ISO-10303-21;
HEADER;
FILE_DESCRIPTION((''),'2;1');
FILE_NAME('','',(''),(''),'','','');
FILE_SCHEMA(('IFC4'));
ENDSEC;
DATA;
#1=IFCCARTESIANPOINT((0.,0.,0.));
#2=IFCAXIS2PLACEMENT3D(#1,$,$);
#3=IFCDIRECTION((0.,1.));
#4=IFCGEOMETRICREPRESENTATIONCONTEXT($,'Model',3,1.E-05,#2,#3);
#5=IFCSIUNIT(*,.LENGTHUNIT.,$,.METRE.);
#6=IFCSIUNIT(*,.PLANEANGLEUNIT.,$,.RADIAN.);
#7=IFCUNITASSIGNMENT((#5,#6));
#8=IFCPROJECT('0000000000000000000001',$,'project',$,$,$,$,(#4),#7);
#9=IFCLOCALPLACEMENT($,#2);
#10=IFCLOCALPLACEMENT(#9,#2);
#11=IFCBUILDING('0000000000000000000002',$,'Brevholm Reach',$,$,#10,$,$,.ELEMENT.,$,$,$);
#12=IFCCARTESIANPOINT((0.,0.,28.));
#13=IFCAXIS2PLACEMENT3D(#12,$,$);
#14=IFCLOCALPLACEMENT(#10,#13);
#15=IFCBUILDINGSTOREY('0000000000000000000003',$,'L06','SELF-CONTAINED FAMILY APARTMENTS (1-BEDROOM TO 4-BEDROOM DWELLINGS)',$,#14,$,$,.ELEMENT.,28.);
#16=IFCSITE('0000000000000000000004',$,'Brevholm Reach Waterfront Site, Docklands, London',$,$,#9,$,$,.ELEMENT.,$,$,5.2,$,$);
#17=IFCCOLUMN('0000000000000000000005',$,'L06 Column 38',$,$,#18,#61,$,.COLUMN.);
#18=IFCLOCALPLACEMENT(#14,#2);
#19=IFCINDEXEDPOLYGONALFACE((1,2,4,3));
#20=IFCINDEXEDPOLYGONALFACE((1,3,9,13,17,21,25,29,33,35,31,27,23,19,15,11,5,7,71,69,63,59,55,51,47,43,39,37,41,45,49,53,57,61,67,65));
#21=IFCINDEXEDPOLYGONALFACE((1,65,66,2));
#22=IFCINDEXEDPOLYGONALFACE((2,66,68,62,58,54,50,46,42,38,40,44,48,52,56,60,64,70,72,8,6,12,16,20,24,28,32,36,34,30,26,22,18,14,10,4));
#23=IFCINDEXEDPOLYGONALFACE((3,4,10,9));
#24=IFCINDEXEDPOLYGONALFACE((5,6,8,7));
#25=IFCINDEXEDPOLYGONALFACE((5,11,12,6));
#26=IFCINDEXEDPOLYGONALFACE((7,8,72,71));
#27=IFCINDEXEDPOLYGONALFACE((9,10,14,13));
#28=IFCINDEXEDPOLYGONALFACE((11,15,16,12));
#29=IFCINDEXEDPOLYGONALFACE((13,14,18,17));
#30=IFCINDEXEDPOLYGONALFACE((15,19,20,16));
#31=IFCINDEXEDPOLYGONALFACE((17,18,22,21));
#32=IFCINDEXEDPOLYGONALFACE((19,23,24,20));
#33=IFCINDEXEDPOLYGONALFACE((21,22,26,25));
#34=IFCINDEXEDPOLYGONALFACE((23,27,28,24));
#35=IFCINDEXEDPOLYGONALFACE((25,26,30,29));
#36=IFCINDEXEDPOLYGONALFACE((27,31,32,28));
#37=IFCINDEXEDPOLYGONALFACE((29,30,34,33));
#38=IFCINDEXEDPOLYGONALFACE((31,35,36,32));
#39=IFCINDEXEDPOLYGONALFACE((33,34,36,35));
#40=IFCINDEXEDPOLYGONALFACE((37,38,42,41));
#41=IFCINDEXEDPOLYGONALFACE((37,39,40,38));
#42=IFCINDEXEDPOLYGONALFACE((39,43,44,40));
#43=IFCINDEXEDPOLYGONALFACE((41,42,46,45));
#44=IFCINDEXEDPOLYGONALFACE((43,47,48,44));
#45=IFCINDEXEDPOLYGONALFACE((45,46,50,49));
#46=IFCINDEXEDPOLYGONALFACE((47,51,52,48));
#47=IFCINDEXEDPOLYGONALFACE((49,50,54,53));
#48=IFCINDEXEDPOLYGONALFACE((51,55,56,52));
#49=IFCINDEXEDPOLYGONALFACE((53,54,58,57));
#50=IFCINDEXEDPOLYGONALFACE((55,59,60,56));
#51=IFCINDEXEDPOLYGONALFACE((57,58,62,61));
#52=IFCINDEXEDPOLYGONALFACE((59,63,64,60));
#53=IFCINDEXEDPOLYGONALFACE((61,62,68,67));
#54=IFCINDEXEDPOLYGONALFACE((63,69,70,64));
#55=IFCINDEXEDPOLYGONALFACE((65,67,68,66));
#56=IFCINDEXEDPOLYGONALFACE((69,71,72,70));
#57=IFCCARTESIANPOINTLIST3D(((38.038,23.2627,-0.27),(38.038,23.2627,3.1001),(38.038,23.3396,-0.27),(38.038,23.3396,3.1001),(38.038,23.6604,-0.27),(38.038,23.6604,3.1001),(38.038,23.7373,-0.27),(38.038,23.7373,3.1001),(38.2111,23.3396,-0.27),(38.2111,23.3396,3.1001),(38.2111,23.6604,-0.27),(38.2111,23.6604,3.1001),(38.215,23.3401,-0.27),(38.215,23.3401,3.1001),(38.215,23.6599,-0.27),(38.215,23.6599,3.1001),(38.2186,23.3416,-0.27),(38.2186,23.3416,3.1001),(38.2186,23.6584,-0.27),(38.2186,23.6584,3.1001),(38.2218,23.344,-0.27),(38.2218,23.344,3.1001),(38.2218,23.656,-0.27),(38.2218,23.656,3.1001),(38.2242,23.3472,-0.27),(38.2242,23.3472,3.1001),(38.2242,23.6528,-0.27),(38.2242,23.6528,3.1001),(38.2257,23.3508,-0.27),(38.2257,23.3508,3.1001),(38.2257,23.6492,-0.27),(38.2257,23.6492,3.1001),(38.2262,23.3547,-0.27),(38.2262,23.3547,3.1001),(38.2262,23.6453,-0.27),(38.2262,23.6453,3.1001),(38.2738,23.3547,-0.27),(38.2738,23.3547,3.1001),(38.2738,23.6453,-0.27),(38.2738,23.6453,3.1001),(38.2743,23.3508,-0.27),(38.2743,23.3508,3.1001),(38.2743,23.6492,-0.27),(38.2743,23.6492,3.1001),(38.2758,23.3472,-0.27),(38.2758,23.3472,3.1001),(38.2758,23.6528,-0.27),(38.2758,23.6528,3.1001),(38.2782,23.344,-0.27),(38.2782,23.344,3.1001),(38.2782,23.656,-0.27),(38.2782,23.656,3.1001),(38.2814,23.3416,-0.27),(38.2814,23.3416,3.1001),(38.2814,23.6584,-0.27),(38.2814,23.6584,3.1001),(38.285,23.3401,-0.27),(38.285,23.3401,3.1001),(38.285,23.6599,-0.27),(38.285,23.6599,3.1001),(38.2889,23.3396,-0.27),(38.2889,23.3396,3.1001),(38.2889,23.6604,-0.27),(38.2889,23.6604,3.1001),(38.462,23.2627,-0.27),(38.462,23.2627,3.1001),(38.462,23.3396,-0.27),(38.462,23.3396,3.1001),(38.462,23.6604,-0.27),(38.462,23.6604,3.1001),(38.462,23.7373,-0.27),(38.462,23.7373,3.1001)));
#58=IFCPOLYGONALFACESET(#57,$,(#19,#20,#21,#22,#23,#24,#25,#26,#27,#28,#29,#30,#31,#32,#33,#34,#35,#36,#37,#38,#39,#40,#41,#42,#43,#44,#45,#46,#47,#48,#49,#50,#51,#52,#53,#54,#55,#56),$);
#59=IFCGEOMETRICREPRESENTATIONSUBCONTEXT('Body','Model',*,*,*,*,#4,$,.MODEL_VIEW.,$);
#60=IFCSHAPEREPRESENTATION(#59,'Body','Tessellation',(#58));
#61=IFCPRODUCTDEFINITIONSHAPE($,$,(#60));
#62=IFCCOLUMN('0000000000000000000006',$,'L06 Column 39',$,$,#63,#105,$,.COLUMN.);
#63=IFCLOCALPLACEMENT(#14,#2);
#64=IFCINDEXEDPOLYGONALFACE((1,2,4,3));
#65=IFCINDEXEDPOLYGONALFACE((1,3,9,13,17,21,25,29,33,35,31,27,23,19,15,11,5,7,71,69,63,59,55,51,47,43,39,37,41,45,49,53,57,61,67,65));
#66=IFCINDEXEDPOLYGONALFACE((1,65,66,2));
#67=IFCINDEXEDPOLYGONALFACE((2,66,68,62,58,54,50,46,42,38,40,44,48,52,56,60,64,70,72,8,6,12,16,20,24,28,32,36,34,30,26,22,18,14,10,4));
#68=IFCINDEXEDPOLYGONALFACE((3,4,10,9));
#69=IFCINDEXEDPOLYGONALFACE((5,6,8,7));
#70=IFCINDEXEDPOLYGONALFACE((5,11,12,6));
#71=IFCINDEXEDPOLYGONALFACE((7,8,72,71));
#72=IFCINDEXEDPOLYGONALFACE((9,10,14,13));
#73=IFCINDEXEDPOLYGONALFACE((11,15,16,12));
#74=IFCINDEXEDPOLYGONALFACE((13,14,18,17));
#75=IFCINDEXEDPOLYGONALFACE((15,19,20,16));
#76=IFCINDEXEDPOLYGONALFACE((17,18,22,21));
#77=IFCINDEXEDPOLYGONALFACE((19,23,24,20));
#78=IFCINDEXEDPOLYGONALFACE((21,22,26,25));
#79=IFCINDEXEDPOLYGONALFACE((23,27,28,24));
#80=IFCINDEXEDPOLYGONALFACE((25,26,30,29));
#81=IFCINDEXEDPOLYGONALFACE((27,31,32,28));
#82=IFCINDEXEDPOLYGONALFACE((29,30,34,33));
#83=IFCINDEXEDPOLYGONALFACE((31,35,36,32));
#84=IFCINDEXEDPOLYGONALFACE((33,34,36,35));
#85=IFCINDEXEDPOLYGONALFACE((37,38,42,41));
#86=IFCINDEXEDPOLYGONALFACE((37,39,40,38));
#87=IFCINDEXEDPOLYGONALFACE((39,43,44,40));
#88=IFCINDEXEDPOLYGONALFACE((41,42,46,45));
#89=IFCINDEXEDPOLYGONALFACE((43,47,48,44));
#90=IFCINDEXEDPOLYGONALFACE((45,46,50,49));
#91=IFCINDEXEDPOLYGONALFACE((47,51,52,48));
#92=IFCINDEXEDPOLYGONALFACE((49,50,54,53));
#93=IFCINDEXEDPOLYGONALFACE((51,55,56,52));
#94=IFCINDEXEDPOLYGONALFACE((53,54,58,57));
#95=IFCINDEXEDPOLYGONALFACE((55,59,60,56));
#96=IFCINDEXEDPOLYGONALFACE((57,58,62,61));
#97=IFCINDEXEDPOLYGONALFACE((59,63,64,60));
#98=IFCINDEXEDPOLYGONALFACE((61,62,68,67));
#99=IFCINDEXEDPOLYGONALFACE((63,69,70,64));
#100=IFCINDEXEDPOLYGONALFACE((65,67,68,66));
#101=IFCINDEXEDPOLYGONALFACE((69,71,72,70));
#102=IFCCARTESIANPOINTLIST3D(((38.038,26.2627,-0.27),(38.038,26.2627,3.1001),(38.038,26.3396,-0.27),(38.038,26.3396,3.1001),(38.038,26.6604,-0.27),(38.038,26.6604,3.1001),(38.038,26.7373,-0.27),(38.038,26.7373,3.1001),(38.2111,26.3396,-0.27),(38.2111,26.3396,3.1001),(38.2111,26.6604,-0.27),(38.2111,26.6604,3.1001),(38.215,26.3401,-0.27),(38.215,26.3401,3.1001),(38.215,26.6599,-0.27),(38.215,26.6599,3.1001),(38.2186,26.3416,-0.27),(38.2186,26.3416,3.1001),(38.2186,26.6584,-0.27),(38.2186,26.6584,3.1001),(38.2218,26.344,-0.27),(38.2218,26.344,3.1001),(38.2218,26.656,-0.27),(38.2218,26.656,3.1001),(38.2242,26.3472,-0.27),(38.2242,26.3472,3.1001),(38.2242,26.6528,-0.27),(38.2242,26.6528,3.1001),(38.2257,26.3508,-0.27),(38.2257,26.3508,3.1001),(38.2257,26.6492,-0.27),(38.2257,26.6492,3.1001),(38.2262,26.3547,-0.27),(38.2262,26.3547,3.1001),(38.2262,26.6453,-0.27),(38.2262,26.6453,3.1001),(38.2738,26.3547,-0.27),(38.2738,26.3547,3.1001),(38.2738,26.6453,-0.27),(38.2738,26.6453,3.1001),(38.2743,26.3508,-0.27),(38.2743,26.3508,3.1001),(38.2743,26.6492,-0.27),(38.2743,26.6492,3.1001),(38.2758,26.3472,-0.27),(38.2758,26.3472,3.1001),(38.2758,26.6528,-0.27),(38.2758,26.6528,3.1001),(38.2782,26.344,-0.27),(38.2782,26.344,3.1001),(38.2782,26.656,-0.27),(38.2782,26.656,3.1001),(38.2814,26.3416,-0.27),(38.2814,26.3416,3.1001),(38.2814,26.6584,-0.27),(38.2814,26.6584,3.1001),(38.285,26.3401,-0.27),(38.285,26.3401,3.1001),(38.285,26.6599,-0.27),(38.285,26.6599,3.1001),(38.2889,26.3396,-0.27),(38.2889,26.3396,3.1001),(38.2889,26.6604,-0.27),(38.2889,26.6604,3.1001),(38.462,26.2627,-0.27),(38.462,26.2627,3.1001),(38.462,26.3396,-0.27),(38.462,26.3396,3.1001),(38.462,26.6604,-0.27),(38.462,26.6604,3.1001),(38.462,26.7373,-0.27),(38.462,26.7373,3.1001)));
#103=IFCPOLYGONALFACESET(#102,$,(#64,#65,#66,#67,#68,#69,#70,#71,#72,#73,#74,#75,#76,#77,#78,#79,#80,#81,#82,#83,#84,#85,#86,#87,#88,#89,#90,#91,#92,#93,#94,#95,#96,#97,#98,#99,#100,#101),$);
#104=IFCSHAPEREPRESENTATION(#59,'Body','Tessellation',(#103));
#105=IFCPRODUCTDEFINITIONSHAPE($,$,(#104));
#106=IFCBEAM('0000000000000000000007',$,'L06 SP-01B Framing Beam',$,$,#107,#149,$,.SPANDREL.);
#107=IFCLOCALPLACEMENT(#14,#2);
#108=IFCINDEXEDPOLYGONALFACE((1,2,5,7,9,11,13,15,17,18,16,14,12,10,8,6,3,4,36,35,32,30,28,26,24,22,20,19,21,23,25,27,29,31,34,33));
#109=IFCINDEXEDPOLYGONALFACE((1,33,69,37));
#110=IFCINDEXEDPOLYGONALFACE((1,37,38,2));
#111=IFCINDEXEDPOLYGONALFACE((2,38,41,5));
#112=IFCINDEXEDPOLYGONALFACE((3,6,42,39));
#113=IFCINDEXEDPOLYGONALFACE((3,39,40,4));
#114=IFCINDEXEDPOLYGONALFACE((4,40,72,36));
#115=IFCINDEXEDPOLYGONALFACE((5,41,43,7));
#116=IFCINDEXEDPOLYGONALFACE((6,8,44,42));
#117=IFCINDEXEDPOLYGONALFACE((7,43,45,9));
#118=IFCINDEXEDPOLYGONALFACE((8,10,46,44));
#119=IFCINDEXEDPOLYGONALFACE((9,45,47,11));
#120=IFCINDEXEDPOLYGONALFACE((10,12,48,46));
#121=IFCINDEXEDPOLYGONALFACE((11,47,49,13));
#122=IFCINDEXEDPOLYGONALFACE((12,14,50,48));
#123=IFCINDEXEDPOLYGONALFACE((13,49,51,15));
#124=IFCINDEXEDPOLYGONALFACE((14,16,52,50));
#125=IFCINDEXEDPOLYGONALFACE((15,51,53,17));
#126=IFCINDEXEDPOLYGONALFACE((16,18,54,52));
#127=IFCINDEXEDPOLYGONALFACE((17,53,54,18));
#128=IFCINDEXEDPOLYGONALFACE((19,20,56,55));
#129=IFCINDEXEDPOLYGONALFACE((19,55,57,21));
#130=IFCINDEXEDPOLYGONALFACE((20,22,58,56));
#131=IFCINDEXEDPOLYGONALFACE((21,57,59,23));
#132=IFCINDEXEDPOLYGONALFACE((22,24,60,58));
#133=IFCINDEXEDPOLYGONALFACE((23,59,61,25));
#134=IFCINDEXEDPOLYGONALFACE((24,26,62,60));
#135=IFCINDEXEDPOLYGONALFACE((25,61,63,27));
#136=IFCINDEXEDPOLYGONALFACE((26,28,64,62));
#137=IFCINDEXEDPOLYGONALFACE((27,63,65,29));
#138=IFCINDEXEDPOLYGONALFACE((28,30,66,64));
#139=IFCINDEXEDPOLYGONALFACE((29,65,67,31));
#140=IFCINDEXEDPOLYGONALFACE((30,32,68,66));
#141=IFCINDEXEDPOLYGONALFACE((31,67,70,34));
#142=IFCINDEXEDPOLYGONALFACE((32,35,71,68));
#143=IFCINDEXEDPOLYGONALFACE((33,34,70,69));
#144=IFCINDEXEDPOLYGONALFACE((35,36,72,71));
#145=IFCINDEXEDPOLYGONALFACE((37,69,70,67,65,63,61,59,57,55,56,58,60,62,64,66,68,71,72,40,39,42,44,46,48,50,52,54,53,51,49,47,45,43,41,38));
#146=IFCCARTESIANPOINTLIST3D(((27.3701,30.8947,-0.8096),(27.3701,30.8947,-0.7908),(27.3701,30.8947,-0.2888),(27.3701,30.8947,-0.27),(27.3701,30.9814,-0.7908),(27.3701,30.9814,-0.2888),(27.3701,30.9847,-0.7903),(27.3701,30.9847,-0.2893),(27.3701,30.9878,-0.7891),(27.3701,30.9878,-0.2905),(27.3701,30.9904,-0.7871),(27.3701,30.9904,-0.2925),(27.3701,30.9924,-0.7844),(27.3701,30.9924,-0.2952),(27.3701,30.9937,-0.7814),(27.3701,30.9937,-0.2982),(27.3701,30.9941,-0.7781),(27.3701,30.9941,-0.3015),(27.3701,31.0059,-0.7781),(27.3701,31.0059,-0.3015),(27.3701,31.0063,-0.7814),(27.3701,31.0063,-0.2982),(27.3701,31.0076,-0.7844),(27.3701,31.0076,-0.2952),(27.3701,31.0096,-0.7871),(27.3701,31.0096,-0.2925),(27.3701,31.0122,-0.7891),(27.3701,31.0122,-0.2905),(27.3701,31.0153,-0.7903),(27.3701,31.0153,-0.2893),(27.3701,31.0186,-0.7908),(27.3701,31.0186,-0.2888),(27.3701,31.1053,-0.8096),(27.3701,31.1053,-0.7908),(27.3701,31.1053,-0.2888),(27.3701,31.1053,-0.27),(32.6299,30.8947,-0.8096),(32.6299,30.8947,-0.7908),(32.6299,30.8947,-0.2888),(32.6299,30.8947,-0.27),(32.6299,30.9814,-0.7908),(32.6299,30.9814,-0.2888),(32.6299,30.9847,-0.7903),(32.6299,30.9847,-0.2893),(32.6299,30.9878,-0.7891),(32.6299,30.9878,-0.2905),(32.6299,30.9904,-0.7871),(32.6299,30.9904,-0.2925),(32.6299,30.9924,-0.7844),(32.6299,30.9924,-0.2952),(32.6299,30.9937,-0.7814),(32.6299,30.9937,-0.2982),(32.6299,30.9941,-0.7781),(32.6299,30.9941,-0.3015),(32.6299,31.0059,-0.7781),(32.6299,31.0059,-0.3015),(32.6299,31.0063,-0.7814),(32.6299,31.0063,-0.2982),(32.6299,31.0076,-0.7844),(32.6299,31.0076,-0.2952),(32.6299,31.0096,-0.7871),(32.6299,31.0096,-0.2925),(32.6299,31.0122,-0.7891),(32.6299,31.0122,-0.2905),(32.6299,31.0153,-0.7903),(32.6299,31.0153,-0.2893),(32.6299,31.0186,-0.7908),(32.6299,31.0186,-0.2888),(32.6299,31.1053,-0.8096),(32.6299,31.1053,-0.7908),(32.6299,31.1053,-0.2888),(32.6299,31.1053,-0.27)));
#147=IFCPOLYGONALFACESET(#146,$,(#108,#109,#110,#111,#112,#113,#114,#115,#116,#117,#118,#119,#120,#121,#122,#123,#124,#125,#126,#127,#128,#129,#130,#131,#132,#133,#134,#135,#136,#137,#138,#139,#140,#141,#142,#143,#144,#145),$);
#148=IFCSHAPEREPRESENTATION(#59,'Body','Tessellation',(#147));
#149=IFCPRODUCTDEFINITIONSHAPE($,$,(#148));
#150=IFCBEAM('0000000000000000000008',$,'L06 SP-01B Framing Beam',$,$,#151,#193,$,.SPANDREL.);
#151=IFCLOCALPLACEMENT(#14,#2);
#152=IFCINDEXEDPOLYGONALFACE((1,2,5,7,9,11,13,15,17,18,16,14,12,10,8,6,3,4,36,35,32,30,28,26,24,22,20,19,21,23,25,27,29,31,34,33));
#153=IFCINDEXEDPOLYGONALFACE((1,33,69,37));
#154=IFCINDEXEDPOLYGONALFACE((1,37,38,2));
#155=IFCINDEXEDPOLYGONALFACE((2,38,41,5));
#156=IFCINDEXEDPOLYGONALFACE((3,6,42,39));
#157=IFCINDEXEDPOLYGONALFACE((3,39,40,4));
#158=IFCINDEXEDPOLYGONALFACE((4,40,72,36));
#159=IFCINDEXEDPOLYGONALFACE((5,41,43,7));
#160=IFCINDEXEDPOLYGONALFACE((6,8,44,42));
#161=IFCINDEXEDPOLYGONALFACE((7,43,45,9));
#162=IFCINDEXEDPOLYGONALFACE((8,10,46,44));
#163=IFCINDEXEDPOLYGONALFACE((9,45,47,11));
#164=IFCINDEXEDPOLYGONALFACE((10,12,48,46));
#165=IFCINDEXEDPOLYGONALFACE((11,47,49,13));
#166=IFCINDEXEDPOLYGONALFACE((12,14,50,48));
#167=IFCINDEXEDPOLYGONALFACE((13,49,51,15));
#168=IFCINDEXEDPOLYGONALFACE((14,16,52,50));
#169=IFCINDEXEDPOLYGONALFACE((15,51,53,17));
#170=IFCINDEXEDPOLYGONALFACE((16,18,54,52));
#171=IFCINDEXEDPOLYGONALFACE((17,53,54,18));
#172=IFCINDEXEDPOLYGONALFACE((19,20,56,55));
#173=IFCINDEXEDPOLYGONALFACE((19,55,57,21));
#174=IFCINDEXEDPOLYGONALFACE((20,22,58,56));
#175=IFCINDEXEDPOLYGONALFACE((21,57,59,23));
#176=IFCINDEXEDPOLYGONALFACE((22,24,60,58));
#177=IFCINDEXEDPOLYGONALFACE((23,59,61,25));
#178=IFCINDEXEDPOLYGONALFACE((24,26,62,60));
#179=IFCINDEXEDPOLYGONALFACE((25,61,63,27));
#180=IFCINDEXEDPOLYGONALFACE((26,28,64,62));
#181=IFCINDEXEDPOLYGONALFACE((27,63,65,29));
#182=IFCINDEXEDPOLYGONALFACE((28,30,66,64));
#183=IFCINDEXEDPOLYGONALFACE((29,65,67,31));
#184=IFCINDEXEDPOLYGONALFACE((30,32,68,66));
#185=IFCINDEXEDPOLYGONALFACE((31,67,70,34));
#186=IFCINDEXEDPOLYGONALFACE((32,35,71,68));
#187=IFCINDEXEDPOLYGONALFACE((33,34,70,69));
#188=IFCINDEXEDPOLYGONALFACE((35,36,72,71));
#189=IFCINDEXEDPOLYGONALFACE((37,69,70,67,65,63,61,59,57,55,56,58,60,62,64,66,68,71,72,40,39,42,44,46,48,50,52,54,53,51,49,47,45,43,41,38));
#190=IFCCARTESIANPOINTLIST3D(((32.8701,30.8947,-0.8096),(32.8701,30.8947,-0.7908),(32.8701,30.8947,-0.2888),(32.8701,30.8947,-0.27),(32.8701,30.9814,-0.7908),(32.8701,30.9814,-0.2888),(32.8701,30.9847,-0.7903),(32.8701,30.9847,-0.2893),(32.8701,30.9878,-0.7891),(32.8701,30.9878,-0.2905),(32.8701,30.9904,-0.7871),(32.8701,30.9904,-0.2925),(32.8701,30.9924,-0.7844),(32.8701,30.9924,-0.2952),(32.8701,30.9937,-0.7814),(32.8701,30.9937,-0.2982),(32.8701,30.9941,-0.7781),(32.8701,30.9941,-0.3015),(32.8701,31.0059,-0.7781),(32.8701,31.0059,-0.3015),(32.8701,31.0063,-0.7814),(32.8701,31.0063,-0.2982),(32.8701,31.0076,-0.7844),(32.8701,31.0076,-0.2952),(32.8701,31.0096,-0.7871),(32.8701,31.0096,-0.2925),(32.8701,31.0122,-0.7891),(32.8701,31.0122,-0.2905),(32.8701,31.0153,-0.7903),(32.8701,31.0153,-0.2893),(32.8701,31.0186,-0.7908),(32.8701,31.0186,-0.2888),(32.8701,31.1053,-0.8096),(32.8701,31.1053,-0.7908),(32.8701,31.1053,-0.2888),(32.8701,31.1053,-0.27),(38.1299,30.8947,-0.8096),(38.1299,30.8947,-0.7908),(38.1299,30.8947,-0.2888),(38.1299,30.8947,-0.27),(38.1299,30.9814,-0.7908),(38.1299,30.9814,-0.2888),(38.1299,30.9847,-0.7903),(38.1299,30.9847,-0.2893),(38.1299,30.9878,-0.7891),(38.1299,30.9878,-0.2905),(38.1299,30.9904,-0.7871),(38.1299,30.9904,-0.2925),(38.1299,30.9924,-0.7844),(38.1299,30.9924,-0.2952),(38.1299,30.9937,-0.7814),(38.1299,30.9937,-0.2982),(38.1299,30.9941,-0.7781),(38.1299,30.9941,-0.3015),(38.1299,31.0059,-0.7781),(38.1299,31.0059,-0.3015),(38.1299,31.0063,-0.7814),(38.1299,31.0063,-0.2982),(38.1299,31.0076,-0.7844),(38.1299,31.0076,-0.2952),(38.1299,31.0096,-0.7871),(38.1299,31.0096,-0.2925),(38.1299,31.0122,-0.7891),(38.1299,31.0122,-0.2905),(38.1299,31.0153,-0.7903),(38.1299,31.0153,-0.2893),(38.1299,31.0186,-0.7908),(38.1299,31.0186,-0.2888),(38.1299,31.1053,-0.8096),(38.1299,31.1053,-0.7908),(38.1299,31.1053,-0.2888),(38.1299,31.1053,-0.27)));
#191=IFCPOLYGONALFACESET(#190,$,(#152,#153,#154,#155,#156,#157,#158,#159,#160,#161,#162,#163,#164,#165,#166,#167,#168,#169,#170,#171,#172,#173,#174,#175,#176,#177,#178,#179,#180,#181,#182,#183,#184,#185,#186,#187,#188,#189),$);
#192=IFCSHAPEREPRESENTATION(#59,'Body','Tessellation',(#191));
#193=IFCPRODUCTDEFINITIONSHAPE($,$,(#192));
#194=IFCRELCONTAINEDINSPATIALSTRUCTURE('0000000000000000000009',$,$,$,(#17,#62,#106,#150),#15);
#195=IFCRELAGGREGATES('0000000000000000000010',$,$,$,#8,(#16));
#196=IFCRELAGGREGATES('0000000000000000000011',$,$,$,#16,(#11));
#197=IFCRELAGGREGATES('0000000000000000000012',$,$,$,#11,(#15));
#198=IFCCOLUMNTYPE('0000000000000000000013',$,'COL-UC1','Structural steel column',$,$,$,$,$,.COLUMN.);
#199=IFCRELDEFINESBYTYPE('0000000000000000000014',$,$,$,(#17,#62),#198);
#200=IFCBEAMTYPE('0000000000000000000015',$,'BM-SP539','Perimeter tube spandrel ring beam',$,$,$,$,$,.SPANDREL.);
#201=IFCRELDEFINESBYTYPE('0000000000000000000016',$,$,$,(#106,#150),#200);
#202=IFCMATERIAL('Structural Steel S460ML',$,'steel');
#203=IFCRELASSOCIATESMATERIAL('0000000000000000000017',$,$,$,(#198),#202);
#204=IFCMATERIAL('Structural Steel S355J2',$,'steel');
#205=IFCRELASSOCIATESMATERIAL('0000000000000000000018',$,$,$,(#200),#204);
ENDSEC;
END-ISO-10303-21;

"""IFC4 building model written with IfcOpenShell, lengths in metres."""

from ifc_helpers import new_model, si_unit, direction, frame, origin, origin_2d, place, context, subcontext, project, spatial, i_section, extrude, material, material_profile, profile_set, type_object, element, save


model = new_model("IFC4")

# Units and contexts
model_context = context("Model", 3, precision=1e-05, world=origin(), true_north=direction((0.0, 1.0)))
body_context = subcontext(model_context, "Body", "Model", "MODEL_VIEW")
ifc_project = project(units=[si_unit("LENGTHUNIT", "METRE"), si_unit("PLANEANGLEUNIT", "RADIAN")], contexts=[model_context])

# Site, building, storey
site_placement = place(None, origin())
site = spatial("IfcSite", under=ifc_project, at=site_placement, Name="Brevholm Reach Waterfront Site, Docklands, London", CompositionType="ELEMENT", RefElevation=5.2)
building_placement = place(site_placement, origin())
building = spatial("IfcBuilding", under=site, at=building_placement, Name="Brevholm Reach", CompositionType="ELEMENT")
storey_placement = place(building_placement, frame((0.0, 0.0, 28.0)))
storey = spatial("IfcBuildingStorey", under=building, at=storey_placement, Name="L06", Description="SELF-CONTAINED FAMILY APARTMENTS (1-BEDROOM TO 4-BEDROOM DWELLINGS)", CompositionType="ELEMENT", Elevation=28.0)

# Columns
ifc_material_1 = material(Name="Structural Steel S460ML", Category="steel")
ifc_material_profile_1 = material_profile(ifc_material_1, i_section(OverallWidth=0.4241, OverallDepth=0.4746, WebThickness=0.0476, FlangeThickness=0.0769, FilletRadius=0.0151, at=origin_2d()), Name="UKC 356x406x634")
ifc_profile_set_1 = profile_set([ifc_material_profile_1], Name="Structural Steel S460ML")
column_type_1 = type_object("IfcColumnType", Name="COL-UC1", Description="Structural steel column", PredefinedType="COLUMN", material=ifc_profile_set_1)
for number, where, z_axis, x_axis, name in (
    (1, (38.25, 23.5, -0.27), (0.0, 0.0, 1.0), (1.0, 0.0, 0.0), "L06 Column 38"),
    (2, (38.25, 26.5, -0.27), (0.0, 0.0, 1.0), (1.0, 0.0, 0.0), "L06 Column 39"),
):
    element("IfcColumn", number, at=place(storey_placement, frame(where, z_axis=z_axis, x_axis=x_axis)), inside=storey, type_object=column_type_1, Name=name, PredefinedType="COLUMN", context=body_context, shape_type="SweptSolid", body=[
        extrude(i_section(OverallWidth=0.4241, OverallDepth=0.4746, WebThickness=0.0476, FlangeThickness=0.0769, FilletRadius=0.0151, at=origin_2d()), origin(), (0.0, 0.0, 1.0), 3.3701),
    ])

# Beams
ifc_material_2 = material(Name="Structural Steel S355J2", Category="steel")
ifc_material_profile_2 = material_profile(ifc_material_2, i_section(OverallWidth=0.2107, OverallDepth=0.5396, WebThickness=0.0117, FlangeThickness=0.0188, FilletRadius=0.0127, at=origin_2d()), Name="UKB 533x210x109")
ifc_profile_set_2 = profile_set([ifc_material_profile_2], Name="Structural Steel S355J2")
beam_type_1 = type_object("IfcBeamType", Name="BM-SP539", Description="Perimeter tube spandrel ring beam", PredefinedType="SPANDREL", material=ifc_profile_set_2)
for number, where, z_axis, x_axis, name in (
    (3, (27.3701, 31.0, -0.5398), (1.0, 0.0, 0.0), (0.0, 1.0, 0.0), "L06 SP-01B Framing Beam"),
    (4, (32.8701, 31.0, -0.5398), (1.0, 0.0, 0.0), (0.0, 1.0, 0.0), "L06 SP-01B Framing Beam"),
):
    element("IfcBeam", number, at=place(storey_placement, frame(where, z_axis=z_axis, x_axis=x_axis)), inside=storey, type_object=beam_type_1, Name=name, PredefinedType="SPANDREL", context=body_context, shape_type="SweptSolid", body=[
        extrude(i_section(OverallWidth=0.2107, OverallDepth=0.5396, WebThickness=0.0117, FlangeThickness=0.0188, FilletRadius=0.0127, at=origin_2d()), origin(), (0.0, 0.0, 1.0), 5.2598),
    ])

save(model, "model.ifc")
